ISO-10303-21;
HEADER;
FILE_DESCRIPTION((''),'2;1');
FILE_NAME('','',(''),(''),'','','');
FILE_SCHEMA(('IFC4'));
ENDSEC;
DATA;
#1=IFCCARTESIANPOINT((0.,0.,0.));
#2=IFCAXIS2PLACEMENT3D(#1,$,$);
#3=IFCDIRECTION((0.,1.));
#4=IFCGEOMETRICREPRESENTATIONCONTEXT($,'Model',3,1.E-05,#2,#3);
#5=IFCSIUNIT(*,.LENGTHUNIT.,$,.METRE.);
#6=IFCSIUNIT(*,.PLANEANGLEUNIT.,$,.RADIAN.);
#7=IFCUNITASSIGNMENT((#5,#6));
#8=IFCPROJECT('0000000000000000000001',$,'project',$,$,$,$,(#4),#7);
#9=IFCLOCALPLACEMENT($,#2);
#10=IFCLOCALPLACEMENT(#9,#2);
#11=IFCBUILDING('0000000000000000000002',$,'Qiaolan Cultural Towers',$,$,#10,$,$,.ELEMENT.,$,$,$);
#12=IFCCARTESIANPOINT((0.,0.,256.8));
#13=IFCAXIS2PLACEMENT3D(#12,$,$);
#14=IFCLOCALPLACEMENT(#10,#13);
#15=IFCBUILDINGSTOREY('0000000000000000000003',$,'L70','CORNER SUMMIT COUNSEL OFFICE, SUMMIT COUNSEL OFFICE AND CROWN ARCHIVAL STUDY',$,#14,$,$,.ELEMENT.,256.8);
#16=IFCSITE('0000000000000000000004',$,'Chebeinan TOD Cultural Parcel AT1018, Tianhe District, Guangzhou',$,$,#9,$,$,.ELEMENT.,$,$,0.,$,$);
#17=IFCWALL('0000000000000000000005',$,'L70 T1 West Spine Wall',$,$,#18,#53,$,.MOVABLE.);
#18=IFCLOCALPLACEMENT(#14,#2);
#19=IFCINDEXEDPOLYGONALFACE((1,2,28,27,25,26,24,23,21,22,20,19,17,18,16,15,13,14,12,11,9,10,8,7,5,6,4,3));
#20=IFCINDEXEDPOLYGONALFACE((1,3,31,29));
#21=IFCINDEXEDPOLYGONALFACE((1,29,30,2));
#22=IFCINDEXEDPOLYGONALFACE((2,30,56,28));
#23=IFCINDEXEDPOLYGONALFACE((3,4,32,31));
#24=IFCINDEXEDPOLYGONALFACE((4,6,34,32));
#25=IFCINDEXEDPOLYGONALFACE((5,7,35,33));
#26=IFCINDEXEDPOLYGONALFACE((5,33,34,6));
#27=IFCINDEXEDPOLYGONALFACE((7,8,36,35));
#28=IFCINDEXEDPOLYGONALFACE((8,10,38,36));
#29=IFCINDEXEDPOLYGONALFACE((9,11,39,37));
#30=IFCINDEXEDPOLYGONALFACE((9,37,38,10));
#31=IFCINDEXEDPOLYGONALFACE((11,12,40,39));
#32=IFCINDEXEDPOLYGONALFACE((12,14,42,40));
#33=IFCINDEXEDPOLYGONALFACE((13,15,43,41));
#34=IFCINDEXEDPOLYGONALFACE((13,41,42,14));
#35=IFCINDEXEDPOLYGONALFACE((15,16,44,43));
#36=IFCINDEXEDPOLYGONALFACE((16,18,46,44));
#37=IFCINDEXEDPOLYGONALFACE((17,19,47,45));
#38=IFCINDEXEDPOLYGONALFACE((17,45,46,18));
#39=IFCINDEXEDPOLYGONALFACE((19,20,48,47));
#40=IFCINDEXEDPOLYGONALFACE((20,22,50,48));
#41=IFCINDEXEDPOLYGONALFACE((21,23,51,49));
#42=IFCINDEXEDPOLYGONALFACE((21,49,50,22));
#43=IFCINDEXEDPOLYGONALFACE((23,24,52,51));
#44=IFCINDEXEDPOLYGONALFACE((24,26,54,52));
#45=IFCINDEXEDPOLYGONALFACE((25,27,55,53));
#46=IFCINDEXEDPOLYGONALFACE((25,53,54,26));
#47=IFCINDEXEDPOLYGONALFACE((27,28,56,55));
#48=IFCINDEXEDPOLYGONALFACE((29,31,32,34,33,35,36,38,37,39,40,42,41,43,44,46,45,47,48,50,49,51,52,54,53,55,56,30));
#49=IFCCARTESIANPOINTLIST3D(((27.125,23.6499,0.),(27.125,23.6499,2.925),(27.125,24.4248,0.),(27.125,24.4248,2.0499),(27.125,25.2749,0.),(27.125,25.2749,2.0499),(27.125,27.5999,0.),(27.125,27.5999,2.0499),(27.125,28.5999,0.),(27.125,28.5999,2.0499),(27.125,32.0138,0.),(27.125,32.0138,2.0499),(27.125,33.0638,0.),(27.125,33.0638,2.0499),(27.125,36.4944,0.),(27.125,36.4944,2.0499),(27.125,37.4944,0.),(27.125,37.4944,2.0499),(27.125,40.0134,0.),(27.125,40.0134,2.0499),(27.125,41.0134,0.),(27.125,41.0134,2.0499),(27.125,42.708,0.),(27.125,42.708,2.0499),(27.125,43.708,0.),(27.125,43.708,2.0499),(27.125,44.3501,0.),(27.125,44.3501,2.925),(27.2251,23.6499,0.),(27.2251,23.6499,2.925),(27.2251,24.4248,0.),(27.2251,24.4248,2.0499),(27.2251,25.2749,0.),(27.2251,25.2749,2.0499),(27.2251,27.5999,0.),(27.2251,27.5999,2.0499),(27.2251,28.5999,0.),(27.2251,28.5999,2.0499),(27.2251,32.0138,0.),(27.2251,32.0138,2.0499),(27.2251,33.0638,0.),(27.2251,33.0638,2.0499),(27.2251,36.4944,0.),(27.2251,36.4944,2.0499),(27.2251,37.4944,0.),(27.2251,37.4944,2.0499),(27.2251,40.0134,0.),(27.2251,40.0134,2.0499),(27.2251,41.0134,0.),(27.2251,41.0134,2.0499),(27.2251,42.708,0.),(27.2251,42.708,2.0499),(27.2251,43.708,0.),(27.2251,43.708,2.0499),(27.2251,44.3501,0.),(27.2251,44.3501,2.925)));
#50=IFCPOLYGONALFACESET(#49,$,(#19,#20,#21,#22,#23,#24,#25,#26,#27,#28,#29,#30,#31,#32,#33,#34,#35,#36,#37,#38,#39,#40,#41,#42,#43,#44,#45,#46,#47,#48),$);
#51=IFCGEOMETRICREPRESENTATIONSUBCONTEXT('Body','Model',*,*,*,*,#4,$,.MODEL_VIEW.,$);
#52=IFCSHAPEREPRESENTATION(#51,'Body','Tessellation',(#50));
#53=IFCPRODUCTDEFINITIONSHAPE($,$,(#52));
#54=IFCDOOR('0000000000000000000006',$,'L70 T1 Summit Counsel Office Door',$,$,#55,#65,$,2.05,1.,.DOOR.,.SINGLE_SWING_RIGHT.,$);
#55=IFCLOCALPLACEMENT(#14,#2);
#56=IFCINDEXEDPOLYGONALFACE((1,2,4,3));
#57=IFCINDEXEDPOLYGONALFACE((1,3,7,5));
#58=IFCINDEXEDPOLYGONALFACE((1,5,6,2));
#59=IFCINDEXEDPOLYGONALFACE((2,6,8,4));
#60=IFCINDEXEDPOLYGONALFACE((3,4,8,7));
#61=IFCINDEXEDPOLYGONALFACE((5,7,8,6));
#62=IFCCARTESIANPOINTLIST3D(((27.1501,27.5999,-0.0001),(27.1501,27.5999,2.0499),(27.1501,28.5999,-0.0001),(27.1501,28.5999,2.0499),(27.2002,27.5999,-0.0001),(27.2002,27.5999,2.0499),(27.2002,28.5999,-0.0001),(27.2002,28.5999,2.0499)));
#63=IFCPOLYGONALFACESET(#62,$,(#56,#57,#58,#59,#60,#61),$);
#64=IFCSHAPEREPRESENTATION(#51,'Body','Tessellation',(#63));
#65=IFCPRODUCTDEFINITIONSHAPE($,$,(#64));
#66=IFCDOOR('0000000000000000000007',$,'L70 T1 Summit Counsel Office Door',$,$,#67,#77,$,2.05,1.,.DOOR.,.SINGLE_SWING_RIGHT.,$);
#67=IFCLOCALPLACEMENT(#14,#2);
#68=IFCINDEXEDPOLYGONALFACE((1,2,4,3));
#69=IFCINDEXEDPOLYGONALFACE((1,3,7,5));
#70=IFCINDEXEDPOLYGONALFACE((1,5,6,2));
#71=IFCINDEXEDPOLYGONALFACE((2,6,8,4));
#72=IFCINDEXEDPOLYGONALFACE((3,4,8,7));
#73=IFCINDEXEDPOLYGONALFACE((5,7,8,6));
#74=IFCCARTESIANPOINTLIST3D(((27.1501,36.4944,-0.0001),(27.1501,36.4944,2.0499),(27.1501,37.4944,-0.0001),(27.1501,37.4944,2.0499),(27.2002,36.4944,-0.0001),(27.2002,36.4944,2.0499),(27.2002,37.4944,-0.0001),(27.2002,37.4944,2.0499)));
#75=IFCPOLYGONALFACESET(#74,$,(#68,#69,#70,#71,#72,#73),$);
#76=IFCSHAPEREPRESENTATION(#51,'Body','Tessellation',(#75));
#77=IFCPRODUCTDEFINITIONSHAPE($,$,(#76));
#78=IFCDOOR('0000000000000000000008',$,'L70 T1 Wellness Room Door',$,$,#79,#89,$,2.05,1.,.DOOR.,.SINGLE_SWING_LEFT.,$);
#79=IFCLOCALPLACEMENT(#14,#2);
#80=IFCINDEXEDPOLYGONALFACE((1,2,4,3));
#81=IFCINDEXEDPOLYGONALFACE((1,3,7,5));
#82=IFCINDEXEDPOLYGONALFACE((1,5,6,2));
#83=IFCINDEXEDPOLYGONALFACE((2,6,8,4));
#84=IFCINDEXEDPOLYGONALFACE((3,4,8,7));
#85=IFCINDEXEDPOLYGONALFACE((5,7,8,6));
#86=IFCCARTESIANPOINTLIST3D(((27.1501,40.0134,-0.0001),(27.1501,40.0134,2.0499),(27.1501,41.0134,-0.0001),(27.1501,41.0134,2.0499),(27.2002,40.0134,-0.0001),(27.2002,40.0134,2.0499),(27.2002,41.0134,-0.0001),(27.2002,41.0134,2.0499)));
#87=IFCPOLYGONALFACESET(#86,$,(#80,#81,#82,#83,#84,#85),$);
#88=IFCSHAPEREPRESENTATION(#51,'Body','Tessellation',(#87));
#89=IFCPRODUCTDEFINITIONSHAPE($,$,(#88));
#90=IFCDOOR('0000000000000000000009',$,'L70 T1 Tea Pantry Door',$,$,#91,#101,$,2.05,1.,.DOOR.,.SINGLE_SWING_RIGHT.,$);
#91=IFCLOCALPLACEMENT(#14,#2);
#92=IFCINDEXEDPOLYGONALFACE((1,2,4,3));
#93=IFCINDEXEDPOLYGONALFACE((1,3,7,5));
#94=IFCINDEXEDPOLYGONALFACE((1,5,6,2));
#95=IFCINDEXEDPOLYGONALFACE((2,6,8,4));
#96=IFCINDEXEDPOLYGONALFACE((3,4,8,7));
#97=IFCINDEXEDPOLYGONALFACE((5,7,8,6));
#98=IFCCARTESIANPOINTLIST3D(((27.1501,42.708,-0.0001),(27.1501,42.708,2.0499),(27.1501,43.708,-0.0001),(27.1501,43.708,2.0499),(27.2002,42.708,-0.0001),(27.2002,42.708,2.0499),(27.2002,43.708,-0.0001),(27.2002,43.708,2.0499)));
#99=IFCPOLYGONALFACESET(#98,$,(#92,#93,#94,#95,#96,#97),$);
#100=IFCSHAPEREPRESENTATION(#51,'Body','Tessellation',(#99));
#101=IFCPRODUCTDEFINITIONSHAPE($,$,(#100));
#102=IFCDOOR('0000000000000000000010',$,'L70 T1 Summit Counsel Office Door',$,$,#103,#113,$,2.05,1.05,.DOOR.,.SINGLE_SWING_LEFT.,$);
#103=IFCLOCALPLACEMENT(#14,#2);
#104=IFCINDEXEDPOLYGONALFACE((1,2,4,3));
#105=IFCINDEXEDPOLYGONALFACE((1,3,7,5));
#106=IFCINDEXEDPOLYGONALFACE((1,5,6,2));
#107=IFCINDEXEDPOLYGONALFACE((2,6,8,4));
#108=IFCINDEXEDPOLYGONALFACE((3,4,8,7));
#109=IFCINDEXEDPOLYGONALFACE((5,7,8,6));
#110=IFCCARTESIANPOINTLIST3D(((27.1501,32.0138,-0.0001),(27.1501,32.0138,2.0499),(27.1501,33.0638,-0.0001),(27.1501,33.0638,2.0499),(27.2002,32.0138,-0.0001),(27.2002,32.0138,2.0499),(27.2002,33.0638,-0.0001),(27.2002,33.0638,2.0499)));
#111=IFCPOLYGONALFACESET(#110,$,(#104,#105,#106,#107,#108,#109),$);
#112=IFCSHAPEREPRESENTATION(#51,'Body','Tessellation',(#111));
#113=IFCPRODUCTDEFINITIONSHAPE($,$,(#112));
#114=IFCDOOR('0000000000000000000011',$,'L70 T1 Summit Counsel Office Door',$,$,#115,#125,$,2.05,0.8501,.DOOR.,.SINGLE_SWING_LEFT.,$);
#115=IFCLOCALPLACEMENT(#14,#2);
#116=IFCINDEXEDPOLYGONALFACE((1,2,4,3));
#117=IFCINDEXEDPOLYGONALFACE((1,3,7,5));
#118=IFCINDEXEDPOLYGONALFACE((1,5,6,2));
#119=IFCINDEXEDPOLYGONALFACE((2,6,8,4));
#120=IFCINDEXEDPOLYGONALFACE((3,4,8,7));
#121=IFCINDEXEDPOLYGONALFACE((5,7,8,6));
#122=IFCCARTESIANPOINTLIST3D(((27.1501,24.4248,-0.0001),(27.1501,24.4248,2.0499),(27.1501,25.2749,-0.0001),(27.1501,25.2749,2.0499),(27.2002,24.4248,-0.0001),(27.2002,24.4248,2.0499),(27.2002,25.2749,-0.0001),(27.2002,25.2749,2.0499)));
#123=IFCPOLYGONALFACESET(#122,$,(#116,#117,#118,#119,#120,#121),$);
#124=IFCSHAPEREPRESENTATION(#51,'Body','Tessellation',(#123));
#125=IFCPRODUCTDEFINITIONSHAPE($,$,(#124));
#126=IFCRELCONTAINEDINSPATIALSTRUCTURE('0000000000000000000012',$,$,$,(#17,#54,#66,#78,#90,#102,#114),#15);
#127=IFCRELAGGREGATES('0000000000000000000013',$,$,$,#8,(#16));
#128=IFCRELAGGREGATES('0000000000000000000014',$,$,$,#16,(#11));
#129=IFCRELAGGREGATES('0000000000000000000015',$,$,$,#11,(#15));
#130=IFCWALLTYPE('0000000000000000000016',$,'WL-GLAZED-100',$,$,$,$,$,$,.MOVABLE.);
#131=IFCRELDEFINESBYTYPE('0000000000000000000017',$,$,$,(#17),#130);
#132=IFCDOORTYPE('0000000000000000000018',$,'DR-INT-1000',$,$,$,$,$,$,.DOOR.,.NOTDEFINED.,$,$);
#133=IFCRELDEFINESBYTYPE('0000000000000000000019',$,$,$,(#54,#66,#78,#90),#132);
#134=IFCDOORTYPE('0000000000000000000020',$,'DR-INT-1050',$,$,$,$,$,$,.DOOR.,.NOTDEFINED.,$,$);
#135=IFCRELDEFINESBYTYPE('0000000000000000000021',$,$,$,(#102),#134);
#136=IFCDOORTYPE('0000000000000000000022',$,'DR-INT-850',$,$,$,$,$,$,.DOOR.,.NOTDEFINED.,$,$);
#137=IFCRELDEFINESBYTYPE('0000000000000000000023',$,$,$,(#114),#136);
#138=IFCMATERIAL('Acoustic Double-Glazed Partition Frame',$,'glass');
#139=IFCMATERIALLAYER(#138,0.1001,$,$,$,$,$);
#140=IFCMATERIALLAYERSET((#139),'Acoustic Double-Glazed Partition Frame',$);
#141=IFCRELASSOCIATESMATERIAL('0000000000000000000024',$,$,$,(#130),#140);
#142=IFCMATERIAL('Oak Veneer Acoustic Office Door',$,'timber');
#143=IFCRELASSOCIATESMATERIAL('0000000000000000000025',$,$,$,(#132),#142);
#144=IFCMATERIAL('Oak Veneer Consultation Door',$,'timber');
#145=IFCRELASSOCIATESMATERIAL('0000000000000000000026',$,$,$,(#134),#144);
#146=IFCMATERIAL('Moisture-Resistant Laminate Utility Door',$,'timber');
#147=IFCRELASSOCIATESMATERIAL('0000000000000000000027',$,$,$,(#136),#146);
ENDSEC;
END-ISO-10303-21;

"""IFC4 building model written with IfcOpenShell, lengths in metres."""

from ifc_helpers import new_model, si_unit, direction, frame, frame_2d, origin, place, context, subcontext, project, spatial, rectangle, extrude, material, layer, layer_set, type_object, element, fill, save


model = new_model("IFC4")

# Units and contexts
model_context = context("Model", 3, precision=1e-05, world=origin(), true_north=direction((0.0, 1.0)))
body_context = subcontext(model_context, "Body", "Model", "MODEL_VIEW")
ifc_project = project(units=[si_unit("LENGTHUNIT", "METRE"), si_unit("PLANEANGLEUNIT", "RADIAN")], contexts=[model_context])

# Site, building, storey
site_placement = place(None, origin())
site = spatial("IfcSite", under=ifc_project, at=site_placement, Name="Chebeinan TOD Cultural Parcel AT1018, Tianhe District, Guangzhou", CompositionType="ELEMENT", RefElevation=0.0)
building_placement = place(site_placement, origin())
building = spatial("IfcBuilding", under=site, at=building_placement, Name="Qiaolan Cultural Towers", CompositionType="ELEMENT")
storey_placement = place(building_placement, frame((0.0, 0.0, 256.8)))
storey = spatial("IfcBuildingStorey", under=building, at=storey_placement, Name="L70", Description="CORNER SUMMIT COUNSEL OFFICE, SUMMIT COUNSEL OFFICE AND CROWN ARCHIVAL STUDY", CompositionType="ELEMENT", Elevation=256.8)

# Shared definitions
ifc_material_1 = material(Name="Acoustic Double-Glazed Partition Frame", Category="glass")
ifc_layer_1 = layer(ifc_material_1, 0.1001)
ifc_layer_set_1 = layer_set([ifc_layer_1], Name="Acoustic Double-Glazed Partition Frame")
wall_type_1 = type_object("IfcWallType", Name="WL-GLAZED-100", PredefinedType="MOVABLE", material=ifc_layer_set_1)

# Wall, openings, doors
wall_1_placement = place(storey_placement, frame((27.175, 23.6499, 0.0), z_axis=(0.0, 0.0, 1.0), x_axis=(0.0, 1.0, 0.0)))
wall_1 = element("IfcWall", 1, at=wall_1_placement, inside=storey, type_object=wall_type_1, Name="L70 T1 West Spine Wall", PredefinedType="MOVABLE", context=body_context, shape_type="SweptSolid", body=[
    extrude(rectangle(XDim=20.7002, YDim=0.1001, at=frame_2d((10.3501, 0.0))), origin(), (0.0, 0.0, 1.0), 2.925),
])
opening_1_placement = place(wall_1_placement, frame((0.7749, 0.0, 0.0)))
opening_1 = element("IfcOpeningElement", 2, at=opening_1_placement, cuts=wall_1, PredefinedType="OPENING", context=body_context, shape_type="SweptSolid", body=[
    extrude(rectangle(XDim=0.8501, YDim=2.05, at=frame_2d((0.425, 1.0249))), frame((0.0, 0.0601, 0.0), z_axis=(0.0, -1.0, 0.0), x_axis=(1.0, 0.0, 0.0)), (0.0, 0.0, 1.0), 0.1201),
])
opening_2_placement = place(wall_1_placement, frame((3.95, 0.0, 0.0)))
opening_2 = element("IfcOpeningElement", 3, at=opening_2_placement, cuts=wall_1, PredefinedType="OPENING", context=body_context, shape_type="SweptSolid", body=[
    extrude(rectangle(XDim=1.0, YDim=2.05, at=frame_2d((0.5, 1.0249))), frame((0.0, 0.0601, 0.0), z_axis=(0.0, -1.0, 0.0), x_axis=(1.0, 0.0, 0.0)), (0.0, 0.0, 1.0), 0.1201),
])
opening_3_placement = place(wall_1_placement, frame((8.364, 0.0, 0.0)))
opening_3 = element("IfcOpeningElement", 4, at=opening_3_placement, cuts=wall_1, PredefinedType="OPENING", context=body_context, shape_type="SweptSolid", body=[
    extrude(rectangle(XDim=1.05, YDim=2.05, at=frame_2d((0.5249, 1.0249))), frame((0.0, 0.0601, 0.0), z_axis=(0.0, -1.0, 0.0), x_axis=(1.0, 0.0, 0.0)), (0.0, 0.0, 1.0), 0.1201),
])
opening_4_placement = place(wall_1_placement, frame((12.8445, 0.0, 0.0)))
opening_4 = element("IfcOpeningElement", 5, at=opening_4_placement, cuts=wall_1, PredefinedType="OPENING", context=body_context, shape_type="SweptSolid", body=[
    extrude(rectangle(XDim=1.0, YDim=2.05, at=frame_2d((0.5, 1.0249))), frame((0.0, 0.0601, 0.0), z_axis=(0.0, -1.0, 0.0), x_axis=(1.0, 0.0, 0.0)), (0.0, 0.0, 1.0), 0.1201),
])
opening_5_placement = place(wall_1_placement, frame((16.3635, 0.0, 0.0)))
opening_5 = element("IfcOpeningElement", 6, at=opening_5_placement, cuts=wall_1, PredefinedType="OPENING", context=body_context, shape_type="SweptSolid", body=[
    extrude(rectangle(XDim=1.0, YDim=2.05, at=frame_2d((0.5, 1.0249))), frame((0.0, 0.0601, 0.0), z_axis=(0.0, -1.0, 0.0), x_axis=(1.0, 0.0, 0.0)), (0.0, 0.0, 1.0), 0.1201),
])
opening_6_placement = place(wall_1_placement, frame((19.0581, 0.0, 0.0)))
opening_6 = element("IfcOpeningElement", 7, at=opening_6_placement, cuts=wall_1, PredefinedType="OPENING", context=body_context, shape_type="SweptSolid", body=[
    extrude(rectangle(XDim=1.0, YDim=2.05, at=frame_2d((0.5, 1.0249))), frame((0.0, 0.0601, 0.0), z_axis=(0.0, -1.0, 0.0), x_axis=(1.0, 0.0, 0.0)), (0.0, 0.0, 1.0), 0.1201),
])
ifc_material_2 = material(Name="Oak Veneer Acoustic Office Door", Category="timber")
door_type_1 = type_object("IfcDoorType", Name="DR-INT-1000", OperationType="NOTDEFINED", PredefinedType="DOOR", material=ifc_material_2)
door_1_placement = place(opening_2_placement, origin())
door_1 = element("IfcDoor", 8, at=door_1_placement, inside=storey, type_object=door_type_1, Name="L70 T1 Summit Counsel Office Door", OperationType="SINGLE_SWING_RIGHT", OverallHeight=2.05, OverallWidth=1.0, PredefinedType="DOOR", context=body_context, shape_type="SweptSolid", body=[
    extrude(rectangle(XDim=1.0, YDim=2.05, at=frame_2d((0.5, 1.0249))), frame((0.0, 0.0249, 0.0), z_axis=(0.0, -1.0, 0.0), x_axis=(1.0, 0.0, 0.0)), (0.0, 0.0, 1.0), 0.05),
])
fill(opening_2, door_1)
door_2_placement = place(opening_4_placement, origin())
door_2 = element("IfcDoor", 9, at=door_2_placement, inside=storey, type_object=door_type_1, Name="L70 T1 Summit Counsel Office Door", OperationType="SINGLE_SWING_RIGHT", OverallHeight=2.05, OverallWidth=1.0, PredefinedType="DOOR", context=body_context, shape_type="SweptSolid", body=[
    extrude(rectangle(XDim=1.0, YDim=2.05, at=frame_2d((0.5, 1.0249))), frame((0.0, 0.0249, 0.0), z_axis=(0.0, -1.0, 0.0), x_axis=(1.0, 0.0, 0.0)), (0.0, 0.0, 1.0), 0.05),
])
fill(opening_4, door_2)
door_3_placement = place(opening_5_placement, origin())
door_3 = element("IfcDoor", 10, at=door_3_placement, inside=storey, type_object=door_type_1, Name="L70 T1 Wellness Room Door", OperationType="SINGLE_SWING_LEFT", OverallHeight=2.05, OverallWidth=1.0, PredefinedType="DOOR", context=body_context, shape_type="SweptSolid", body=[
    extrude(rectangle(XDim=1.0, YDim=2.05, at=frame_2d((0.5, 1.0249))), frame((0.0, 0.0249, 0.0), z_axis=(0.0, -1.0, 0.0), x_axis=(1.0, 0.0, 0.0)), (0.0, 0.0, 1.0), 0.05),
])
fill(opening_5, door_3)
door_4_placement = place(opening_6_placement, origin())
door_4 = element("IfcDoor", 11, at=door_4_placement, inside=storey, type_object=door_type_1, Name="L70 T1 Tea Pantry Door", OperationType="SINGLE_SWING_RIGHT", OverallHeight=2.05, OverallWidth=1.0, PredefinedType="DOOR", context=body_context, shape_type="SweptSolid", body=[
    extrude(rectangle(XDim=1.0, YDim=2.05, at=frame_2d((0.5, 1.0249))), frame((0.0, 0.0249, 0.0), z_axis=(0.0, -1.0, 0.0), x_axis=(1.0, 0.0, 0.0)), (0.0, 0.0, 1.0), 0.05),
])
fill(opening_6, door_4)
ifc_material_3 = material(Name="Oak Veneer Consultation Door", Category="timber")
door_type_2 = type_object("IfcDoorType", Name="DR-INT-1050", OperationType="NOTDEFINED", PredefinedType="DOOR", material=ifc_material_3)
door_5_placement = place(opening_3_placement, origin())
door_5 = element("IfcDoor", 12, at=door_5_placement, inside=storey, type_object=door_type_2, Name="L70 T1 Summit Counsel Office Door", OperationType="SINGLE_SWING_LEFT", OverallHeight=2.05, OverallWidth=1.05, PredefinedType="DOOR", context=body_context, shape_type="SweptSolid", body=[
    extrude(rectangle(XDim=1.05, YDim=2.05, at=frame_2d((0.5249, 1.0249))), frame((0.0, 0.0249, 0.0), z_axis=(0.0, -1.0, 0.0), x_axis=(1.0, 0.0, 0.0)), (0.0, 0.0, 1.0), 0.05),
])
fill(opening_3, door_5)
ifc_material_4 = material(Name="Moisture-Resistant Laminate Utility Door", Category="timber")
door_type_3 = type_object("IfcDoorType", Name="DR-INT-850", OperationType="NOTDEFINED", PredefinedType="DOOR", material=ifc_material_4)
door_6_placement = place(opening_1_placement, origin())
door_6 = element("IfcDoor", 13, at=door_6_placement, inside=storey, type_object=door_type_3, Name="L70 T1 Summit Counsel Office Door", OperationType="SINGLE_SWING_LEFT", OverallHeight=2.05, OverallWidth=0.8501, PredefinedType="DOOR", context=body_context, shape_type="SweptSolid", body=[
    extrude(rectangle(XDim=0.8501, YDim=2.05, at=frame_2d((0.425, 1.0249))), frame((0.0, 0.0249, 0.0), z_axis=(0.0, -1.0, 0.0), x_axis=(1.0, 0.0, 0.0)), (0.0, 0.0, 1.0), 0.05),
])
fill(opening_1, door_6)

save(model, "model.ifc")
